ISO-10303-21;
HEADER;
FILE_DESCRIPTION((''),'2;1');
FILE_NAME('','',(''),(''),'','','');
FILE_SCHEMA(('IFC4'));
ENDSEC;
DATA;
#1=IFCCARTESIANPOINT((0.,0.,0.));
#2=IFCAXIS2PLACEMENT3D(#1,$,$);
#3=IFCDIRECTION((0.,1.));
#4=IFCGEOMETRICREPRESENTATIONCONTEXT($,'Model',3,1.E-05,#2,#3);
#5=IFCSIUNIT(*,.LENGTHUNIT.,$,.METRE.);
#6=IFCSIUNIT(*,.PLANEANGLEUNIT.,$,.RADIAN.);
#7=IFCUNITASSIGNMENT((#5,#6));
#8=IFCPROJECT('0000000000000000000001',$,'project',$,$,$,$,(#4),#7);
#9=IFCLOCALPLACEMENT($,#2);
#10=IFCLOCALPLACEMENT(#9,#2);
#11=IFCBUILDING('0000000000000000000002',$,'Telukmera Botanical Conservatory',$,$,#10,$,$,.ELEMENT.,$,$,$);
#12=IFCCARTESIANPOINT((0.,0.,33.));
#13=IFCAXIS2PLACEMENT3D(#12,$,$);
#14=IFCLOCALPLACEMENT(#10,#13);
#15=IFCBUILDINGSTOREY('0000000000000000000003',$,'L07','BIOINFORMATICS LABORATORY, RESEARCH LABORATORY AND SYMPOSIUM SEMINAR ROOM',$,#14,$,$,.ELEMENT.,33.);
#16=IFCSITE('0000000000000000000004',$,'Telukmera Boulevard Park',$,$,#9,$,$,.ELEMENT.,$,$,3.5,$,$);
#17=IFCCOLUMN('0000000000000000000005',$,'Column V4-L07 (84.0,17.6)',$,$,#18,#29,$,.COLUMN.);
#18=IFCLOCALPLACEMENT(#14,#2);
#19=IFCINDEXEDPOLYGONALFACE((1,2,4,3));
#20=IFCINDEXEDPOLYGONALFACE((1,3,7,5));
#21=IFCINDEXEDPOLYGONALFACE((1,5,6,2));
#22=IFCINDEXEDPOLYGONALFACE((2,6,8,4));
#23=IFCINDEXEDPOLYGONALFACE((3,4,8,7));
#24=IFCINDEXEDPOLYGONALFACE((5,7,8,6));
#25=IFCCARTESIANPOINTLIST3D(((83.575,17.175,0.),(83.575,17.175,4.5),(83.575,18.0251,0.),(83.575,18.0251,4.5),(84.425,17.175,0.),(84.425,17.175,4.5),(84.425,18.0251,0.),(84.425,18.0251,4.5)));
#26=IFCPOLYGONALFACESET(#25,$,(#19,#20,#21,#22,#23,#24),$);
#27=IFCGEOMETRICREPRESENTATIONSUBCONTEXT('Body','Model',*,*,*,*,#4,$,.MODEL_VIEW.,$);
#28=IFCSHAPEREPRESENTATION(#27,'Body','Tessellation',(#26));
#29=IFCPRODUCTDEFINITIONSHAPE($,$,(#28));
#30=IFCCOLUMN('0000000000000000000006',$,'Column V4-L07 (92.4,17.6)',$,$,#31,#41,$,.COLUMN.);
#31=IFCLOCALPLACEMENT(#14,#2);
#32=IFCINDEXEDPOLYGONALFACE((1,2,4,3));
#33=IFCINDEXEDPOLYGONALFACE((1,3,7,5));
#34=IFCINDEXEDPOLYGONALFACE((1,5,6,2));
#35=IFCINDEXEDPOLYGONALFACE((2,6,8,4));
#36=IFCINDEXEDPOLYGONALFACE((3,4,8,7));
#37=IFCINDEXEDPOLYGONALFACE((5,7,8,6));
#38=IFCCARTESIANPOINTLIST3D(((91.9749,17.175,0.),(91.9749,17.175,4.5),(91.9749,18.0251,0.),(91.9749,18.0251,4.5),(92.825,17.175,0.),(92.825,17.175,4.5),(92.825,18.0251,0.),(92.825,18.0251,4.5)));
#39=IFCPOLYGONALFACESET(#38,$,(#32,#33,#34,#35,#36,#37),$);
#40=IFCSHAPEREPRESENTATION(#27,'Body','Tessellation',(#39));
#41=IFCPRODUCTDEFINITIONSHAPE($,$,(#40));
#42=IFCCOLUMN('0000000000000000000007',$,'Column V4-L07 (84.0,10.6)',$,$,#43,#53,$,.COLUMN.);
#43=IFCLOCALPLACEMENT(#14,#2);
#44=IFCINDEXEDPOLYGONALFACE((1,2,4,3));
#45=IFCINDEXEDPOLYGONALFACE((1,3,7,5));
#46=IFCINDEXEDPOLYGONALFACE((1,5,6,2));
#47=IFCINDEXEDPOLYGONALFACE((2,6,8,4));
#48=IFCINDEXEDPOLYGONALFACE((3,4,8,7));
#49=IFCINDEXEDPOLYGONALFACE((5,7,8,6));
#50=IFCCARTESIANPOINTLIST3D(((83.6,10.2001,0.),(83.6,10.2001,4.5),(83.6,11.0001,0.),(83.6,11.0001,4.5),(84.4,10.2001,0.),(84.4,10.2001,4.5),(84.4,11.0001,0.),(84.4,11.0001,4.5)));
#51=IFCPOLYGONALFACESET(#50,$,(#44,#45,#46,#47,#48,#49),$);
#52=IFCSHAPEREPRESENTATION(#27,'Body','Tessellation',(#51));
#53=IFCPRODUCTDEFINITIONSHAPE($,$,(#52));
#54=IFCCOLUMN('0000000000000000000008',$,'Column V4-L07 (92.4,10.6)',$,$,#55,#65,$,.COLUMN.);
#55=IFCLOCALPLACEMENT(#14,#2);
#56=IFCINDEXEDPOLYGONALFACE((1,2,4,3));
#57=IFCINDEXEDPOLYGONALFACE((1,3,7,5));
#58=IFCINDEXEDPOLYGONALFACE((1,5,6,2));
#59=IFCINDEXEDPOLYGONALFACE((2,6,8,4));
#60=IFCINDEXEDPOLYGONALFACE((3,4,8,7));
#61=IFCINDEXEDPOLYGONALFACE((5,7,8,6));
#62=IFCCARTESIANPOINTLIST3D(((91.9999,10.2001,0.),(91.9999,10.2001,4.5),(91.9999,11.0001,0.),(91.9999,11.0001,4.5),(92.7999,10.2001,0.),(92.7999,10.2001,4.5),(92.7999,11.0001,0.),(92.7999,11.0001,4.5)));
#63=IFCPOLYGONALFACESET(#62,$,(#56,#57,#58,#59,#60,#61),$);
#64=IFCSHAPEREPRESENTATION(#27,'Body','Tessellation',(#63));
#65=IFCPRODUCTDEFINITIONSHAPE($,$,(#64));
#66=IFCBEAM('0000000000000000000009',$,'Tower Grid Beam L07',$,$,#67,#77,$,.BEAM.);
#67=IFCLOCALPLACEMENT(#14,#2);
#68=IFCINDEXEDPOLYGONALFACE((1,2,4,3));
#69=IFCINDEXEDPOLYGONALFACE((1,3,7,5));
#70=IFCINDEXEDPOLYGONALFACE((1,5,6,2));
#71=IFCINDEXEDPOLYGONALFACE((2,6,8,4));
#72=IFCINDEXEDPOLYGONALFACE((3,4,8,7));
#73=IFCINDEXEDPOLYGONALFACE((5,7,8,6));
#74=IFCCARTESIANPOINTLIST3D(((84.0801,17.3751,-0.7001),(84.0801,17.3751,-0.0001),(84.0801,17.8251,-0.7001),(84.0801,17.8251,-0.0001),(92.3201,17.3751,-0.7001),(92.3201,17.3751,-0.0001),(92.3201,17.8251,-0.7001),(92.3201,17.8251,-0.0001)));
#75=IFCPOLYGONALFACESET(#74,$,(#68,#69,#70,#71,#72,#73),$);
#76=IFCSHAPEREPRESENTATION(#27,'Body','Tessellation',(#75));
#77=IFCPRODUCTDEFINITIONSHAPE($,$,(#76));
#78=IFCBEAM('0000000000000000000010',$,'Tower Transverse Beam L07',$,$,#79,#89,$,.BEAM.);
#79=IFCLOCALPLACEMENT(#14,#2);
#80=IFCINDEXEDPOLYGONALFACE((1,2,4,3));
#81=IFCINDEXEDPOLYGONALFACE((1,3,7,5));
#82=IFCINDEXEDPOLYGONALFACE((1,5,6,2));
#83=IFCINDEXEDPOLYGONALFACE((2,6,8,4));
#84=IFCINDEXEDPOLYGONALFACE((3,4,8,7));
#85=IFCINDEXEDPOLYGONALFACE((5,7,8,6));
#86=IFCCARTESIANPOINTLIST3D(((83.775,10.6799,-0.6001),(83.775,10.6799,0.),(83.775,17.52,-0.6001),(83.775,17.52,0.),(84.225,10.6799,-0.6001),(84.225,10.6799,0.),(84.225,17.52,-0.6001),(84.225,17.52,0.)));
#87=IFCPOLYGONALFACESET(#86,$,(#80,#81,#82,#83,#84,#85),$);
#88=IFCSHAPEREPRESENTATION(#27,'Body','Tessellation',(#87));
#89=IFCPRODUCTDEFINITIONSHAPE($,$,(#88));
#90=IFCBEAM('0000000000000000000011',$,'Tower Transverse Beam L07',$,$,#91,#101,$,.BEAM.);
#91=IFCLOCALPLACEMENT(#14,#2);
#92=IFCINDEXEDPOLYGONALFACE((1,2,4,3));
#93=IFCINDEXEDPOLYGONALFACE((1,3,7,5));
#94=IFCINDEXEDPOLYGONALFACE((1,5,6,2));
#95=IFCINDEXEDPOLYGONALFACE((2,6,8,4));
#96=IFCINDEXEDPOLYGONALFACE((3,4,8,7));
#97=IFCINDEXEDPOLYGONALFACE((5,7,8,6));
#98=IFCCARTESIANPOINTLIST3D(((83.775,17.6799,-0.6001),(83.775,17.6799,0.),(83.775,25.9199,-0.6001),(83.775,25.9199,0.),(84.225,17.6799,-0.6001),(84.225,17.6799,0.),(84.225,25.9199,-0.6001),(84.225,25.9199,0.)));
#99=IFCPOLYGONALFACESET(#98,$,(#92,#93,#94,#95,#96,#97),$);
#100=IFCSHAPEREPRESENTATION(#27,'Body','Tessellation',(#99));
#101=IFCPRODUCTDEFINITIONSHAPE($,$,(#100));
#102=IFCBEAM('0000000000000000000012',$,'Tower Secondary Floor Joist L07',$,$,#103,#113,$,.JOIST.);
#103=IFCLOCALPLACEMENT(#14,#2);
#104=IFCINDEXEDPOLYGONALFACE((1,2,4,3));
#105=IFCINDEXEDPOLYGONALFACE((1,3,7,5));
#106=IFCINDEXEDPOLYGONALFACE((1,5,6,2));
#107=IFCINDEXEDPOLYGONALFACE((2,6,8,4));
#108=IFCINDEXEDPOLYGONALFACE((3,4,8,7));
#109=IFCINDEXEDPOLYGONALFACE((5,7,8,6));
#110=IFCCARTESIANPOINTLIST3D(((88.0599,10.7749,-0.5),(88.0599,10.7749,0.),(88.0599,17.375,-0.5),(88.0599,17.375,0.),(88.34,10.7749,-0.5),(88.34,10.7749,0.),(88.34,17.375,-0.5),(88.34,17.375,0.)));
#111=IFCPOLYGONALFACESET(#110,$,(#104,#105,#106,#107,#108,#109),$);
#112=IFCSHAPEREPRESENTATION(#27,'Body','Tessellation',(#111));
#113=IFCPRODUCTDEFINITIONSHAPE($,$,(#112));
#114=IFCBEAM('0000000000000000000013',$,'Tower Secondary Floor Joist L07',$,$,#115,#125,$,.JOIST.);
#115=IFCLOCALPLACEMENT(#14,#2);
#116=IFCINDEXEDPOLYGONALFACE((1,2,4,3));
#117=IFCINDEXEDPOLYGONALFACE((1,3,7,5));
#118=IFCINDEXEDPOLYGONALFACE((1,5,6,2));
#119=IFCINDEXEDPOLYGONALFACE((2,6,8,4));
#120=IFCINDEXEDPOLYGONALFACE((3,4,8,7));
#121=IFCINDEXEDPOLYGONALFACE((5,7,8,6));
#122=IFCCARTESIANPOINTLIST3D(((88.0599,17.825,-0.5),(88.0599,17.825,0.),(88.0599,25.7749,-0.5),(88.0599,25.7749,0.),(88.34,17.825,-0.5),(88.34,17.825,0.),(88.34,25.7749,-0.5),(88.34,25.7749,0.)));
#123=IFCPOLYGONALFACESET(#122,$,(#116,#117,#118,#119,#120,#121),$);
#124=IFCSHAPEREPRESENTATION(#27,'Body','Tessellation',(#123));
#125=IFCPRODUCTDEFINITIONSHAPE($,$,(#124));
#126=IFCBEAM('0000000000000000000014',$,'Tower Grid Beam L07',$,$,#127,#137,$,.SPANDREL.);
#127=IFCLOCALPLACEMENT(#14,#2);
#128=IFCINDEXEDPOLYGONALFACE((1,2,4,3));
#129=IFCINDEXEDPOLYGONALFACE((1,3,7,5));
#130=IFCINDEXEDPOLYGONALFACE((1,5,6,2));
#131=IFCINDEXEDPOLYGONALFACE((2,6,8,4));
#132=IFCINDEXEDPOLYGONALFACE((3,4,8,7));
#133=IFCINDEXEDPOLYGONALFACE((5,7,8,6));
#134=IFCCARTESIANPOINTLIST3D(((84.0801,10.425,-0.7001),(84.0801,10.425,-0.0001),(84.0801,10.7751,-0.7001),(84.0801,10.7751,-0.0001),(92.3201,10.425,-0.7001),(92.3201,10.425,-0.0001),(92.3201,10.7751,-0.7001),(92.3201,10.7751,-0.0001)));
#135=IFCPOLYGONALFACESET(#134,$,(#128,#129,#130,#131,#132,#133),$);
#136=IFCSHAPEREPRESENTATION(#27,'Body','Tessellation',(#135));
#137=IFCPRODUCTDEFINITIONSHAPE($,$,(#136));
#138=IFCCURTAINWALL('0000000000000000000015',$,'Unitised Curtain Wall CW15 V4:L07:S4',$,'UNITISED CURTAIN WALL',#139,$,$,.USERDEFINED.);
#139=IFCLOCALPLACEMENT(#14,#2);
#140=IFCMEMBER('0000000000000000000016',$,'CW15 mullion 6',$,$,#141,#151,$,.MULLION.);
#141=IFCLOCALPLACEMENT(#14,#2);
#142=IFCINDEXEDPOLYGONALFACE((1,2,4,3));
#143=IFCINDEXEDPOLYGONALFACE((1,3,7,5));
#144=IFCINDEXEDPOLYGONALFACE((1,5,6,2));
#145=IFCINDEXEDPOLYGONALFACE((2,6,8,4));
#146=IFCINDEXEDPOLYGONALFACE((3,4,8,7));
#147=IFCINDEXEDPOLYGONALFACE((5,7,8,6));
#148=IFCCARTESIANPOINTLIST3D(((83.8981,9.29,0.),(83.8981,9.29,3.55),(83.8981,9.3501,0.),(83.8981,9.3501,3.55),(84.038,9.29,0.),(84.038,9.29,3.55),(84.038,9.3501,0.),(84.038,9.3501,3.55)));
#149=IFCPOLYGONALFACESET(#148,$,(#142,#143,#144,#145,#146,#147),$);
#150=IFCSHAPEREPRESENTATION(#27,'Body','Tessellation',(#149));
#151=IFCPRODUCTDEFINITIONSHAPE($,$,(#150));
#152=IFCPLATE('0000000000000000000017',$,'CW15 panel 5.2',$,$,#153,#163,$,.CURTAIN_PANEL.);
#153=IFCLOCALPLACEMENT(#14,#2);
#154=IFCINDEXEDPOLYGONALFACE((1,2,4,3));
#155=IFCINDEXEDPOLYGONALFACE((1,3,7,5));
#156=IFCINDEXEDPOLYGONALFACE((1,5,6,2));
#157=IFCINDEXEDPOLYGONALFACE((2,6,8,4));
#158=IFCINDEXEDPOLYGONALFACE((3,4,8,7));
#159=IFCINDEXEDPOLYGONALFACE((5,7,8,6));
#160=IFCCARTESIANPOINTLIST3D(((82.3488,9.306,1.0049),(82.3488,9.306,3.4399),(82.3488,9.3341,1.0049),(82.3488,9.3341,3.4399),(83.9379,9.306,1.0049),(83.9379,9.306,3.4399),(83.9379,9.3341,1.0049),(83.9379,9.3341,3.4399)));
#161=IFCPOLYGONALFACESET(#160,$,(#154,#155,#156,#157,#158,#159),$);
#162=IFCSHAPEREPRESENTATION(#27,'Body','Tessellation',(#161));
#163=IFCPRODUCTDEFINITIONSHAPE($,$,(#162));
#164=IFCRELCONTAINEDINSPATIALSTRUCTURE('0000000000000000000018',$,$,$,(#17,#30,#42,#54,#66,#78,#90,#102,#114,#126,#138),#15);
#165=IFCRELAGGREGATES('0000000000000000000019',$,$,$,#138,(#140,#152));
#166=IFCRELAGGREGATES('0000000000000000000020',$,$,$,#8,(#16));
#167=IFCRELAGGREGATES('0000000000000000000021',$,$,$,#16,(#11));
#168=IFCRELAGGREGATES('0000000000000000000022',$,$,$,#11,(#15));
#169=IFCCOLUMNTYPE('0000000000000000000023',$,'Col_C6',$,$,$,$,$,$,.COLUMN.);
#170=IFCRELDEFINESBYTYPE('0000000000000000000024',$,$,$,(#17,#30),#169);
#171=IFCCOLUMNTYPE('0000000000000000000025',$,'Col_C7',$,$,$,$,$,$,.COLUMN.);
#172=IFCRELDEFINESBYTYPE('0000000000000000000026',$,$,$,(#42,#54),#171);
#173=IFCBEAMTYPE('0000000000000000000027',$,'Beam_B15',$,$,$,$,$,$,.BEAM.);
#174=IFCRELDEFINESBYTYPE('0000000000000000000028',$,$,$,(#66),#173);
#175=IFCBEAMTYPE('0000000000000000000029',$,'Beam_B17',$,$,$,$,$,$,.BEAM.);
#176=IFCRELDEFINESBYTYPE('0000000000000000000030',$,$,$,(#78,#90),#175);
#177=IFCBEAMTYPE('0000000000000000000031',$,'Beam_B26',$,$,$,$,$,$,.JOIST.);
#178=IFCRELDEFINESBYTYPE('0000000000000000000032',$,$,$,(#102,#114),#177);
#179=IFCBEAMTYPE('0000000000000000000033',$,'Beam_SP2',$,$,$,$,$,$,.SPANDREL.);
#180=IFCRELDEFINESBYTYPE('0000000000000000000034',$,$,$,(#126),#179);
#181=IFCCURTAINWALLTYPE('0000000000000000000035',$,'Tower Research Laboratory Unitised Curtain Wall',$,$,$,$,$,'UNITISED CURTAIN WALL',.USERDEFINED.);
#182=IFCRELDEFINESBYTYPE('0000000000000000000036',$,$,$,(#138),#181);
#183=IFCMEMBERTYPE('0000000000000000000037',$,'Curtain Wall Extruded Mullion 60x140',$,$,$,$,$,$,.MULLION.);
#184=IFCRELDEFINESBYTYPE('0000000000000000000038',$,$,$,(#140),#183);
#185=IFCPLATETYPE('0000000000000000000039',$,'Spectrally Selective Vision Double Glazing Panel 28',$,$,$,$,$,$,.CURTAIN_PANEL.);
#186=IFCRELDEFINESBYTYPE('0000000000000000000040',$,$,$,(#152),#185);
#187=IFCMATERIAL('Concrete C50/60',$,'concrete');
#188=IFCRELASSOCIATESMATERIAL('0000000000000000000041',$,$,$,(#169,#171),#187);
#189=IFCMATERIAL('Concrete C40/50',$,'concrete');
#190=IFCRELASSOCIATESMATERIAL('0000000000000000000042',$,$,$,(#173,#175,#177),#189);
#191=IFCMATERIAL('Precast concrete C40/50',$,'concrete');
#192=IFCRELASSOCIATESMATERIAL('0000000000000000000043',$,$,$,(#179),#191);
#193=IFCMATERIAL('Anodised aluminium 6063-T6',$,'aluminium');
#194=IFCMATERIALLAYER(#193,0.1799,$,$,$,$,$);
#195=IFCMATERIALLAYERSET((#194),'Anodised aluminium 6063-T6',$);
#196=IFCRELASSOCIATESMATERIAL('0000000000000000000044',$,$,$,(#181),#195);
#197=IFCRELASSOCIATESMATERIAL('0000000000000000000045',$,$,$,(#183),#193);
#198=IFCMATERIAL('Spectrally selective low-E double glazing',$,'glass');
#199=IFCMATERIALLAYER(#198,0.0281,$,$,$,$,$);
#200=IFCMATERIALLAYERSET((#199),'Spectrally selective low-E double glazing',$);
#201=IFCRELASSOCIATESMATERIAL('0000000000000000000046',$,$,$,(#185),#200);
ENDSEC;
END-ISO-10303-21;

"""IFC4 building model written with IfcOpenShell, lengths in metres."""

from ifc_helpers import new_model, si_unit, direction, frame, origin, origin_2d, place, context, subcontext, project, spatial, rectangle, extrude, material, layer, layer_set, material_profile, profile_set, type_object, element, aggregate, save


model = new_model("IFC4")

# Units and contexts
model_context = context("Model", 3, precision=1e-05, world=origin(), true_north=direction((0.0, 1.0)))
body_context = subcontext(model_context, "Body", "Model", "MODEL_VIEW")
ifc_project = project(units=[si_unit("LENGTHUNIT", "METRE"), si_unit("PLANEANGLEUNIT", "RADIAN")], contexts=[model_context])

# Site, building, storey
site_placement = place(None, origin())
site = spatial("IfcSite", under=ifc_project, at=site_placement, Name="Telukmera Boulevard Park", CompositionType="ELEMENT", RefElevation=3.5)
building_placement = place(site_placement, origin())
building = spatial("IfcBuilding", under=site, at=building_placement, Name="Telukmera Botanical Conservatory", CompositionType="ELEMENT")
storey_placement = place(building_placement, frame((0.0, 0.0, 33.0)))
storey = spatial("IfcBuildingStorey", under=building, at=storey_placement, Name="L07", Description="BIOINFORMATICS LABORATORY, RESEARCH LABORATORY AND SYMPOSIUM SEMINAR ROOM", CompositionType="ELEMENT", Elevation=33.0)

# Columns
ifc_material_1 = material(Name="Concrete C50/60", Category="concrete")
ifc_material_profile_1 = material_profile(ifc_material_1, rectangle(XDim=0.8501, YDim=0.8501, at=origin_2d()), Name="RC 850x850")
ifc_profile_set_1 = profile_set([ifc_material_profile_1], Name="Concrete C50/60")
column_type_1 = type_object("IfcColumnType", Name="Col_C6", PredefinedType="COLUMN", material=ifc_profile_set_1)
for number, where, z_axis, x_axis, name in (
    (1, (84.0, 17.6001, 0.0), (0.0, 0.0, 1.0), (1.0, 0.0, 0.0), "Column V4-L07 (84.0,17.6)"),
    (2, (92.3999, 17.6001, 0.0), (0.0, 0.0, 1.0), (1.0, 0.0, 0.0), "Column V4-L07 (92.4,17.6)"),
):
    element("IfcColumn", number, at=place(storey_placement, frame(where, z_axis=z_axis, x_axis=x_axis)), inside=storey, type_object=column_type_1, Name=name, PredefinedType="COLUMN", context=body_context, shape_type="SweptSolid", body=[
        extrude(rectangle(XDim=0.8501, YDim=0.8501, at=origin_2d()), origin(), (0.0, 0.0, 1.0), 4.5),
    ])
ifc_material_profile_2 = material_profile(ifc_material_1, rectangle(XDim=0.8, YDim=0.8, at=origin_2d()), Name="RC 800x800")
ifc_profile_set_2 = profile_set([ifc_material_profile_2], Name="Concrete C50/60")
column_type_2 = type_object("IfcColumnType", Name="Col_C7", PredefinedType="COLUMN", material=ifc_profile_set_2)
for number, where, z_axis, x_axis, name in (
    (3, (84.0, 10.6001, 0.0), (0.0, 0.0, 1.0), (1.0, 0.0, 0.0), "Column V4-L07 (84.0,10.6)"),
    (4, (92.3999, 10.6001, 0.0), (0.0, 0.0, 1.0), (1.0, 0.0, 0.0), "Column V4-L07 (92.4,10.6)"),
):
    element("IfcColumn", number, at=place(storey_placement, frame(where, z_axis=z_axis, x_axis=x_axis)), inside=storey, type_object=column_type_2, Name=name, PredefinedType="COLUMN", context=body_context, shape_type="SweptSolid", body=[
        extrude(rectangle(XDim=0.8, YDim=0.8, at=origin_2d()), origin(), (0.0, 0.0, 1.0), 4.5),
    ])

# Beams
ifc_material_2 = material(Name="Concrete C40/50", Category="concrete")
ifc_material_profile_3 = material_profile(ifc_material_2, rectangle(XDim=0.45, YDim=0.7, at=origin_2d()), Name="RC 450x700")
ifc_profile_set_3 = profile_set([ifc_material_profile_3], Name="Concrete C40/50")
beam_type_1 = type_object("IfcBeamType", Name="Beam_B15", PredefinedType="BEAM", material=ifc_profile_set_3)
beam_1_placement = place(storey_placement, frame((84.0801, 17.6001, -0.3501), z_axis=(1.0, 0.0, 0.0), x_axis=(0.0, 1.0, 0.0)))
element("IfcBeam", 5, at=beam_1_placement, inside=storey, type_object=beam_type_1, Name="Tower Grid Beam L07", PredefinedType="BEAM", context=body_context, shape_type="SweptSolid", body=[
    extrude(rectangle(XDim=0.45, YDim=0.7, at=origin_2d()), origin(), (0.0, 0.0, 1.0), 8.24),
])
ifc_material_profile_4 = material_profile(ifc_material_2, rectangle(XDim=0.45, YDim=0.6001, at=origin_2d()), Name="RC 450x600")
ifc_profile_set_4 = profile_set([ifc_material_profile_4], Name="Concrete C40/50")
beam_type_2 = type_object("IfcBeamType", Name="Beam_B17", PredefinedType="BEAM", material=ifc_profile_set_4)
beam_2_placement = place(storey_placement, frame((84.0, 10.6799, -0.3), z_axis=(0.0, 1.0, 0.0), x_axis=(-1.0, 0.0, 0.0)))
element("IfcBeam", 6, at=beam_2_placement, inside=storey, type_object=beam_type_2, Name="Tower Transverse Beam L07", PredefinedType="BEAM", context=body_context, shape_type="SweptSolid", body=[
    extrude(rectangle(XDim=0.45, YDim=0.6001, at=origin_2d()), origin(), (0.0, 0.0, 1.0), 6.8401),
])
beam_3_placement = place(storey_placement, frame((84.0, 17.6799, -0.3), z_axis=(0.0, 1.0, 0.0), x_axis=(-1.0, 0.0, 0.0)))
element("IfcBeam", 7, at=beam_3_placement, inside=storey, type_object=beam_type_2, Name="Tower Transverse Beam L07", PredefinedType="BEAM", context=body_context, shape_type="SweptSolid", body=[
    extrude(rectangle(XDim=0.45, YDim=0.6001, at=origin_2d()), origin(), (0.0, 0.0, 1.0), 8.24),
])
ifc_material_profile_5 = material_profile(ifc_material_2, rectangle(XDim=0.28, YDim=0.5, at=origin_2d()), Name="RC 280x500")
ifc_profile_set_5 = profile_set([ifc_material_profile_5], Name="Concrete C40/50")
beam_type_3 = type_object("IfcBeamType", Name="Beam_B26", PredefinedType="JOIST", material=ifc_profile_set_5)
beam_4_placement = place(storey_placement, frame((88.2, 10.7749, -0.25), z_axis=(0.0, 1.0, 0.0), x_axis=(-1.0, 0.0, 0.0)))
element("IfcBeam", 8, at=beam_4_placement, inside=storey, type_object=beam_type_3, Name="Tower Secondary Floor Joist L07", PredefinedType="JOIST", context=body_context, shape_type="SweptSolid", body=[
    extrude(rectangle(XDim=0.28, YDim=0.5, at=origin_2d()), origin(), (0.0, 0.0, 1.0), 6.6001),
])
beam_5_placement = place(storey_placement, frame((88.2, 17.825, -0.25), z_axis=(0.0, 1.0, 0.0), x_axis=(-1.0, 0.0, 0.0)))
element("IfcBeam", 9, at=beam_5_placement, inside=storey, type_object=beam_type_3, Name="Tower Secondary Floor Joist L07", PredefinedType="JOIST", context=body_context, shape_type="SweptSolid", body=[
    extrude(rectangle(XDim=0.28, YDim=0.5, at=origin_2d()), origin(), (0.0, 0.0, 1.0), 7.95),
])
ifc_material_3 = material(Name="Precast concrete C40/50", Category="concrete")
ifc_material_profile_6 = material_profile(ifc_material_3, rectangle(XDim=0.3501, YDim=0.7, at=origin_2d()), Name="PC 350x700")
ifc_profile_set_6 = profile_set([ifc_material_profile_6], Name="Precast concrete C40/50")
beam_type_4 = type_object("IfcBeamType", Name="Beam_SP2", PredefinedType="SPANDREL", material=ifc_profile_set_6)
beam_6_placement = place(storey_placement, frame((84.0801, 10.6001, -0.3501), z_axis=(1.0, 0.0, 0.0), x_axis=(0.0, 1.0, 0.0)))
element("IfcBeam", 10, at=beam_6_placement, inside=storey, type_object=beam_type_4, Name="Tower Grid Beam L07", PredefinedType="SPANDREL", context=body_context, shape_type="SweptSolid", body=[
    extrude(rectangle(XDim=0.3501, YDim=0.7, at=origin_2d()), origin(), (0.0, 0.0, 1.0), 8.24),
])

# Curtain wall, member, plate
ifc_material_4 = material(Name="Anodised aluminium 6063-T6", Category="aluminium")
ifc_layer_1 = layer(ifc_material_4, 0.1799)
ifc_layer_set_1 = layer_set([ifc_layer_1], Name="Anodised aluminium 6063-T6")
curtain_wall_type = type_object("IfcCurtainWallType", Name="Tower Research Laboratory Unitised Curtain Wall", ElementType="UNITISED CURTAIN WALL", PredefinedType="USERDEFINED", material=ifc_layer_set_1)
curtain_wall_placement = place(storey_placement, origin())
curtain_wall = element("IfcCurtainWall", 11, at=curtain_wall_placement, inside=storey, type_object=curtain_wall_type, Name="Unitised Curtain Wall CW15 V4:L07:S4", ObjectType="UNITISED CURTAIN WALL", PredefinedType="USERDEFINED")
ifc_material_profile_7 = material_profile(ifc_material_4, rectangle(XDim=0.0601, YDim=0.1399, at=origin_2d()), Name="ALU MULL 60x140")
ifc_profile_set_7 = profile_set([ifc_material_profile_7], Name="Anodised aluminium 6063-T6")
member_type = type_object("IfcMemberType", Name="Curtain Wall Extruded Mullion 60x140", PredefinedType="MULLION", material=ifc_profile_set_7)
member_placement = place(storey_placement, frame((83.968, 9.3201, 0.0), z_axis=(0.0, 0.0, 1.0), x_axis=(0.0, 1.0, 0.0)))
member = element("IfcMember", 12, at=member_placement, type_object=member_type, Name="CW15 mullion 6", PredefinedType="MULLION", context=body_context, shape_type="SweptSolid", body=[
    extrude(rectangle(XDim=0.0601, YDim=0.1399, at=origin_2d()), origin(), (0.0, 0.0, 1.0), 3.55),
])
ifc_material_5 = material(Name="Spectrally selective low-E double glazing", Category="glass")
ifc_layer_2 = layer(ifc_material_5, 0.0281)
ifc_layer_set_2 = layer_set([ifc_layer_2], Name="Spectrally selective low-E double glazing")
plate_type = type_object("IfcPlateType", Name="Spectrally Selective Vision Double Glazing Panel 28", PredefinedType="CURTAIN_PANEL", material=ifc_layer_set_2)
plate_placement = place(storey_placement, frame((83.1433, 9.3201, 1.0049), z_axis=(0.0, 0.0, 1.0), x_axis=(1.0, 0.0, 0.0)))
plate = element("IfcPlate", 13, at=plate_placement, type_object=plate_type, Name="CW15 panel 5.2", PredefinedType="CURTAIN_PANEL", context=body_context, shape_type="SweptSolid", body=[
    extrude(rectangle(XDim=1.5891, YDim=0.0281, at=origin_2d()), origin(), (0.0, 0.0, 1.0), 2.4351),
])
aggregate(curtain_wall, [member, plate])

save(model, "model.ifc")
